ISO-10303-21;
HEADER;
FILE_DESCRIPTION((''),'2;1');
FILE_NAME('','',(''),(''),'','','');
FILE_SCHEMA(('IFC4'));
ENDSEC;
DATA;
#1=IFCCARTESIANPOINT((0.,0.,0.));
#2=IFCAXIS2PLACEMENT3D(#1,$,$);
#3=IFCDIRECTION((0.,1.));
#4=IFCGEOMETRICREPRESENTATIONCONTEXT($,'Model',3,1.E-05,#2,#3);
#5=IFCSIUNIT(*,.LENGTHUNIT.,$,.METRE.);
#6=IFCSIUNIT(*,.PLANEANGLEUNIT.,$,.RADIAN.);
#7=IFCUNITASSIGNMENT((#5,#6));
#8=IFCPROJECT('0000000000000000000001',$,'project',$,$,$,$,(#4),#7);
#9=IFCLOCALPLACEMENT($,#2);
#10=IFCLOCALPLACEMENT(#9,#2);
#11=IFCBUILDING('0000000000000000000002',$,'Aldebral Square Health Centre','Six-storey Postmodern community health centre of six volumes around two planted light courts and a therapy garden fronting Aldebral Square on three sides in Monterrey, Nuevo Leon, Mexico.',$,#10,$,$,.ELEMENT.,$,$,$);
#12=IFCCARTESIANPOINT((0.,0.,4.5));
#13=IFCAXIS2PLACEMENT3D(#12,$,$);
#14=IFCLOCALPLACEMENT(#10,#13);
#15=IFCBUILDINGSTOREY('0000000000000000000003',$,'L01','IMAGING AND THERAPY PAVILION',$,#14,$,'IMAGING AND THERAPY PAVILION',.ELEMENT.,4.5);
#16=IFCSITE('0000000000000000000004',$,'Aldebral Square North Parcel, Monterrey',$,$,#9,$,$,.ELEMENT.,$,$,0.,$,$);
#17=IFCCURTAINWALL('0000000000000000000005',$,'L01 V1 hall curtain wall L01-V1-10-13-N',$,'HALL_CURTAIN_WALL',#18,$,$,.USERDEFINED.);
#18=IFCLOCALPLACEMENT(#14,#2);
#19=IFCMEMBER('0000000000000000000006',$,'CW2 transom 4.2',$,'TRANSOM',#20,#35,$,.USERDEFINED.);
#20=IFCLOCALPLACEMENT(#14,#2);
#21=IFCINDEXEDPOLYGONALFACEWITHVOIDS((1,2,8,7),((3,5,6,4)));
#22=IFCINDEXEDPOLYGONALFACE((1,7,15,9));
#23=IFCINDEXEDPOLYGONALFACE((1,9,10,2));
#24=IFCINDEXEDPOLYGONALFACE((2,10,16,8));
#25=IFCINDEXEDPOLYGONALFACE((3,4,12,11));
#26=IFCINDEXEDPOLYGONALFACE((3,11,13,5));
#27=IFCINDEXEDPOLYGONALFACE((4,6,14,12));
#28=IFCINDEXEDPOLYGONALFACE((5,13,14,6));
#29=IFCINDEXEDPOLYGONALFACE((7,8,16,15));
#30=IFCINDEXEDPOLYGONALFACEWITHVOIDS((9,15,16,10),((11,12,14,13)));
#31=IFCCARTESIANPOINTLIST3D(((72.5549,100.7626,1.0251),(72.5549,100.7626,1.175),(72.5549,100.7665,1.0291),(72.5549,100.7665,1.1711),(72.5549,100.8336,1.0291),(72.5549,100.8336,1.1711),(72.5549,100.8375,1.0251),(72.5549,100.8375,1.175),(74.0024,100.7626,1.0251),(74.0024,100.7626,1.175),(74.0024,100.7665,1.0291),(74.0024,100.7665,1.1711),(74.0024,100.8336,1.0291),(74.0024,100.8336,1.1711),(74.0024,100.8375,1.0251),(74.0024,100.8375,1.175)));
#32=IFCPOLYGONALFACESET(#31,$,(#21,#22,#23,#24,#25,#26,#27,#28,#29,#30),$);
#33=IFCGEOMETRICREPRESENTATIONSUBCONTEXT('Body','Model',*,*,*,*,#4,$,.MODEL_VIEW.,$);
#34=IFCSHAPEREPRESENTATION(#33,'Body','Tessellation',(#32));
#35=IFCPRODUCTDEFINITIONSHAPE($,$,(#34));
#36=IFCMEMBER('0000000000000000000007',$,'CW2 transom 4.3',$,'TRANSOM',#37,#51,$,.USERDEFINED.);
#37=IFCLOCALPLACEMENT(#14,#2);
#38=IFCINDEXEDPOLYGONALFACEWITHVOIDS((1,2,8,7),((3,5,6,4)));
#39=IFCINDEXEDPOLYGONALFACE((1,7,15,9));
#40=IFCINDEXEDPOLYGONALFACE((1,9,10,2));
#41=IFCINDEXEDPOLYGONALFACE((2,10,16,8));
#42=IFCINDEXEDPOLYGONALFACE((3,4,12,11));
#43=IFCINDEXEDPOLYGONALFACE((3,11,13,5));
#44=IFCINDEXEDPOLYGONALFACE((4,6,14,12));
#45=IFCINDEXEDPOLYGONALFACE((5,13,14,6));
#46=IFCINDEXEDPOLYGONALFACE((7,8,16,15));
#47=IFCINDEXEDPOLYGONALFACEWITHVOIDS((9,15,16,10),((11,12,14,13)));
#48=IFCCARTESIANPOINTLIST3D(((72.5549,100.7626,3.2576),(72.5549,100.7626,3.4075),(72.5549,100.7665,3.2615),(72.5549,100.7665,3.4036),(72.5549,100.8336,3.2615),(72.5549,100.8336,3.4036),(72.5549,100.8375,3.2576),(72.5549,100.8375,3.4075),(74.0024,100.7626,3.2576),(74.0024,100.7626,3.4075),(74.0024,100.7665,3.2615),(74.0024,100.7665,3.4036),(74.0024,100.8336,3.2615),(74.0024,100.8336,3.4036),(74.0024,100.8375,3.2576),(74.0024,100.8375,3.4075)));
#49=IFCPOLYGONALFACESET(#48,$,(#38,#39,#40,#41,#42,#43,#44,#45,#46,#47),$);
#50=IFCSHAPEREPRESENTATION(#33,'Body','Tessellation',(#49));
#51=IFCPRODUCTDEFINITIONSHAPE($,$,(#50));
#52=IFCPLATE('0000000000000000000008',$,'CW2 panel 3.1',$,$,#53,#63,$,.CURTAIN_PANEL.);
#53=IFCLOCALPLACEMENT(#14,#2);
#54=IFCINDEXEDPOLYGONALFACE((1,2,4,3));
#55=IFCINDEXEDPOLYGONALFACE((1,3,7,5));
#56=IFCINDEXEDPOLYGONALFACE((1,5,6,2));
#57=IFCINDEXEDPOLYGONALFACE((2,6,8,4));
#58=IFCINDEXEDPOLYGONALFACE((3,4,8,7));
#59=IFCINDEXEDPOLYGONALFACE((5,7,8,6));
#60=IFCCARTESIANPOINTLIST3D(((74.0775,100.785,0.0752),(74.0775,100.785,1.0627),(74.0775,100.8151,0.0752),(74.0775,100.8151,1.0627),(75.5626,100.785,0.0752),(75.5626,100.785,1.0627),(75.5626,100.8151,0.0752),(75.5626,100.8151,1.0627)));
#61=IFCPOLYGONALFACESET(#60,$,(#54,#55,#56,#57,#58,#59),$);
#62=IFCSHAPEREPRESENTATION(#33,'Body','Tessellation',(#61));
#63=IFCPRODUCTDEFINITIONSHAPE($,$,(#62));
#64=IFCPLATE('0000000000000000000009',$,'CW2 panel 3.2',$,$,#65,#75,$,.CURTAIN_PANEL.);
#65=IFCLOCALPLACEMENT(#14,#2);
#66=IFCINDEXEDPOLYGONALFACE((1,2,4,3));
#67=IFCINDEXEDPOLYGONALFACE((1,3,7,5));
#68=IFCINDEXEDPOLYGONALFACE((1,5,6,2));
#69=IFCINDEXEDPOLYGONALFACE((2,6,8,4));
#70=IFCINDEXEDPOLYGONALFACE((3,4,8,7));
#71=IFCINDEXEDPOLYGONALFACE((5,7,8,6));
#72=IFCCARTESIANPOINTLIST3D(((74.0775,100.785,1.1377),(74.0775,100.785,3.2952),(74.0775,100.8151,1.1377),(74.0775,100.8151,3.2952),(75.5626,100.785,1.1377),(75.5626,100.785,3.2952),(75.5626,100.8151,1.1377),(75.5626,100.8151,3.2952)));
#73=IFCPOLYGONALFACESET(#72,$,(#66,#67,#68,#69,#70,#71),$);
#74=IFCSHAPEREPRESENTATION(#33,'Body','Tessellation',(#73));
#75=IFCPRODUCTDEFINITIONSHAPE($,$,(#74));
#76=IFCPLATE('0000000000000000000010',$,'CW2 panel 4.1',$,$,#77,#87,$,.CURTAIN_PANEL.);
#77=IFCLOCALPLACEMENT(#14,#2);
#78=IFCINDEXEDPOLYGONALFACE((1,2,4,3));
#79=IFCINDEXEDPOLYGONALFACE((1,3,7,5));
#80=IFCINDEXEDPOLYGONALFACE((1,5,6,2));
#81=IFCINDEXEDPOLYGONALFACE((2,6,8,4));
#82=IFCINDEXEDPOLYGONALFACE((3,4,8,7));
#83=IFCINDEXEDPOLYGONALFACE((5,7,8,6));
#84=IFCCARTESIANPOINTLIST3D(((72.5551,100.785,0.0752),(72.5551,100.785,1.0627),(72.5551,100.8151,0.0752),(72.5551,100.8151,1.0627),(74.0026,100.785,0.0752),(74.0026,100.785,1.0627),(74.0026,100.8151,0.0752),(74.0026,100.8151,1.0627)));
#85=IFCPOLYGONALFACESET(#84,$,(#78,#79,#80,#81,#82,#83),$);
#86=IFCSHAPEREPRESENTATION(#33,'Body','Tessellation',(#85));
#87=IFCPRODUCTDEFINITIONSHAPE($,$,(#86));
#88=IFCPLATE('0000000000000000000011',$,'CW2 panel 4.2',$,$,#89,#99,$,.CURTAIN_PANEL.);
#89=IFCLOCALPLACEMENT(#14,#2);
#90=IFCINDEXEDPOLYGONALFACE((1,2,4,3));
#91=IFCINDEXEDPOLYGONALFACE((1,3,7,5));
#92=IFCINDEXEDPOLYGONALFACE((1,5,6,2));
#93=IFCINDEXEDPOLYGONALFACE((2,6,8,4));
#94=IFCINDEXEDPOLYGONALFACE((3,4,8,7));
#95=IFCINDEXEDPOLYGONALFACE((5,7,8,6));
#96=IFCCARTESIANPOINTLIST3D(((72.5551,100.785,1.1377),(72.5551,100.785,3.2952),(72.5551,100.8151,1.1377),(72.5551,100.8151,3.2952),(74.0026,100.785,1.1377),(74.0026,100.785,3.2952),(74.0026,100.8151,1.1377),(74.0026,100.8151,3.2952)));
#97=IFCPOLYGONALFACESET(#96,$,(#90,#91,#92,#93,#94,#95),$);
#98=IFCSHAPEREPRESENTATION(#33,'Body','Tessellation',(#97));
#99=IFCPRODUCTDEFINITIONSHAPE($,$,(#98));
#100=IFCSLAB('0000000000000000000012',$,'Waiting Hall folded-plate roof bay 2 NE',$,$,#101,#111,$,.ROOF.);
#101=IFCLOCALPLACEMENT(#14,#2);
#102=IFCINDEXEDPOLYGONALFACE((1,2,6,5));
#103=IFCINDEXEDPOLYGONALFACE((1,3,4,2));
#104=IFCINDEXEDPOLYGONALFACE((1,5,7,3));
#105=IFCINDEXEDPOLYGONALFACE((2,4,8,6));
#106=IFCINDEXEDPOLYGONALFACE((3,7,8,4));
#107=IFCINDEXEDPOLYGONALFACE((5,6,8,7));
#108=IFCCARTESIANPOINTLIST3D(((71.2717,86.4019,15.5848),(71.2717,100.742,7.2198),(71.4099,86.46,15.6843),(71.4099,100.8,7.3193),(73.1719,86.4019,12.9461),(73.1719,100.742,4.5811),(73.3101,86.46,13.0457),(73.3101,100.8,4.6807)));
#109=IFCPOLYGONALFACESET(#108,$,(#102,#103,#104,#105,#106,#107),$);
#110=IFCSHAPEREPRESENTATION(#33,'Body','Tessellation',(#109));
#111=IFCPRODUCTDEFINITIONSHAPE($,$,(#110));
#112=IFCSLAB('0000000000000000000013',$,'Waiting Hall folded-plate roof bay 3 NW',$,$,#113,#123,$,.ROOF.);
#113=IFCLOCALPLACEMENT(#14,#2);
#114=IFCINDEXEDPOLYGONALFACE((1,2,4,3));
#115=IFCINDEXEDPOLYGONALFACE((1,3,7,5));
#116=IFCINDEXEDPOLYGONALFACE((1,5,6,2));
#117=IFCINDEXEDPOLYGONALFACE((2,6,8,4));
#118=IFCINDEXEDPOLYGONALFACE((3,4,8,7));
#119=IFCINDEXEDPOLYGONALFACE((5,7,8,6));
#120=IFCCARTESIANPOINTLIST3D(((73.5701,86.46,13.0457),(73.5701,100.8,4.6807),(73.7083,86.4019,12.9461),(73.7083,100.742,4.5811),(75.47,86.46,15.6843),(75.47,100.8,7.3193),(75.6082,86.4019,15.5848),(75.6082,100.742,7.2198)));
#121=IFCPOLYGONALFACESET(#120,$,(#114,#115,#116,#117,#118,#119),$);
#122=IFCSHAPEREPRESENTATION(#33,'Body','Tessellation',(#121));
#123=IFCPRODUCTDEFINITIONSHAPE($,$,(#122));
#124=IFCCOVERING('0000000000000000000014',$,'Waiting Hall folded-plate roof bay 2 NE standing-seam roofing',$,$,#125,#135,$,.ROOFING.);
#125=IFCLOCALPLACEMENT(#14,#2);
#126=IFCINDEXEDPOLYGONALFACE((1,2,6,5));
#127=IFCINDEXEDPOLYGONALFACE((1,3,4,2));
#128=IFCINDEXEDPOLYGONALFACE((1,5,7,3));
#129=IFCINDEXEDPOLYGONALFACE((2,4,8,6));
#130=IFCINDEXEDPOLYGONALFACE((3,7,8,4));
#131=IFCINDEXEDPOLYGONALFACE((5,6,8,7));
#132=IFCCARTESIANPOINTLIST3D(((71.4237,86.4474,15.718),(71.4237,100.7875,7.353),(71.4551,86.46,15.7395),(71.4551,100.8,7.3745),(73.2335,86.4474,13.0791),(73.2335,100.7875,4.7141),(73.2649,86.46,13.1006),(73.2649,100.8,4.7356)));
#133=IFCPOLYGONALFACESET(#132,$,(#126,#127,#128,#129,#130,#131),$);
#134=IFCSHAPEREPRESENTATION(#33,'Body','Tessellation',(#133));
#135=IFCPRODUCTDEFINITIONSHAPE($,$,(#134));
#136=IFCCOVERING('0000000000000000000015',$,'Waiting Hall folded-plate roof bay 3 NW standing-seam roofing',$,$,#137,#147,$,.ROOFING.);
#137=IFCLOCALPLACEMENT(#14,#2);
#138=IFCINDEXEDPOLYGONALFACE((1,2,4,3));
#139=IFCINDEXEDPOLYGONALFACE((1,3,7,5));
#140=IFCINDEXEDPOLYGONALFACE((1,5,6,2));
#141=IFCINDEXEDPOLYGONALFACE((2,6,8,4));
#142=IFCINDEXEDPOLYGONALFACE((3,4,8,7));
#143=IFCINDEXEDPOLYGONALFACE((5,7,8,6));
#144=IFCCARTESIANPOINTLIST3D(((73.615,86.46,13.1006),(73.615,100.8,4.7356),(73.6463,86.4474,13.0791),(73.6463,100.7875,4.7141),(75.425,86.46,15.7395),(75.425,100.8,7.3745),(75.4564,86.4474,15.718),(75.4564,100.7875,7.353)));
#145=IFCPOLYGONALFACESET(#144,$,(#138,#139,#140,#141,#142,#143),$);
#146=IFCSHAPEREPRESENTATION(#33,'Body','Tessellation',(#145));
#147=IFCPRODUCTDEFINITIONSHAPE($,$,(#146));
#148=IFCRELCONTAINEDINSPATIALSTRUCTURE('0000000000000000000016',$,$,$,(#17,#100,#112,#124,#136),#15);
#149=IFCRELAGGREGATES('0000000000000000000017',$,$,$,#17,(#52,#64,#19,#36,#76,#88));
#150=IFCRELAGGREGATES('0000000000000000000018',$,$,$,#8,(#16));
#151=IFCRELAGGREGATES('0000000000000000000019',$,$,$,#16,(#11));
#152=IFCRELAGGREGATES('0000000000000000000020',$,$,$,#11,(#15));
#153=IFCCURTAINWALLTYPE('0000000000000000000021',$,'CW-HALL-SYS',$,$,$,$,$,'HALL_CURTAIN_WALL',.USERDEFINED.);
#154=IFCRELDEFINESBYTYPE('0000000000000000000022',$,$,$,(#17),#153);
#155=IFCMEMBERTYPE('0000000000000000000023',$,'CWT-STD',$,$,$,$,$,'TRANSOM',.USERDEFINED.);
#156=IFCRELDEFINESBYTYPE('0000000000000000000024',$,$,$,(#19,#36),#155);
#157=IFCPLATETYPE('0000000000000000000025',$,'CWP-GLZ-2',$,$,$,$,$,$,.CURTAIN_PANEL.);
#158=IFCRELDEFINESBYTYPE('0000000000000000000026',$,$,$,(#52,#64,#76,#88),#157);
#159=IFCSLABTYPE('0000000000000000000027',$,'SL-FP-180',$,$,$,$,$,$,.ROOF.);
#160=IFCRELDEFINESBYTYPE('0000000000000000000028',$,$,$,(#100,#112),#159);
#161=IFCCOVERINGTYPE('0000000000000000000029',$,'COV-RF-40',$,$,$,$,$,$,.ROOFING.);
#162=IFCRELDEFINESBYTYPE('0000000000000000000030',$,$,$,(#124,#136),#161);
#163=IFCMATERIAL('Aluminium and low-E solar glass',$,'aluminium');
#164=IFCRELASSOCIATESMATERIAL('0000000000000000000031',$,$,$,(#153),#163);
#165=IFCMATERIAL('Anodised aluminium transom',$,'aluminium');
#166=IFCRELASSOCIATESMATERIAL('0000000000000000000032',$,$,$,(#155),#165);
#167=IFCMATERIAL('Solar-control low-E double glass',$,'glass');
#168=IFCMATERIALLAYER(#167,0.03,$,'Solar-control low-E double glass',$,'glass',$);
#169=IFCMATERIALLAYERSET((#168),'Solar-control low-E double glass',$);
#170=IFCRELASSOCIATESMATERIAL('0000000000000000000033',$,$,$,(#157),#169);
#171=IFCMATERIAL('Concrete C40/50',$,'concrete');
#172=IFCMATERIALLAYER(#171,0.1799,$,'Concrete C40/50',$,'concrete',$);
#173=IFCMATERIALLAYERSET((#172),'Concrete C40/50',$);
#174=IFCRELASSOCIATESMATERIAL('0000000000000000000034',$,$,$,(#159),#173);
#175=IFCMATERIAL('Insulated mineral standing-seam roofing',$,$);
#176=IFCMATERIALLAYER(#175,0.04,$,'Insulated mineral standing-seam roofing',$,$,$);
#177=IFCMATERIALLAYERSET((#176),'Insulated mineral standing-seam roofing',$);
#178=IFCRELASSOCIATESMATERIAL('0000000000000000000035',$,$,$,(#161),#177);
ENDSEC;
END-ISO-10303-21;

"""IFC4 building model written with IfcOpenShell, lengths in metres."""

from ifc_helpers import new_model, si_unit, direction, frame, origin, origin_2d, place, context, subcontext, project, spatial, polyline, rectangle, hollow_rectangle, outline, extrude, material, layer, layer_set, material_profile, profile_set, type_object, element, aggregate, save


model = new_model("IFC4")

# Units and contexts
model_context = context("Model", 3, precision=1e-05, world=origin(), true_north=direction((0.0, 1.0)))
body_context = subcontext(model_context, "Body", "Model", "MODEL_VIEW")
ifc_project = project(units=[si_unit("LENGTHUNIT", "METRE"), si_unit("PLANEANGLEUNIT", "RADIAN")], contexts=[model_context])

# Site, building, storey
site_placement = place(None, origin())
site = spatial("IfcSite", under=ifc_project, at=site_placement, Name="Aldebral Square North Parcel, Monterrey", CompositionType="ELEMENT", RefElevation=0.0)
building_placement = place(site_placement, origin())
building = spatial("IfcBuilding", under=site, at=building_placement, Name="Aldebral Square Health Centre", Description="Six-storey Postmodern community health centre of six volumes around two planted light courts and a therapy garden fronting Aldebral Square on three sides in Monterrey, Nuevo Leon, Mexico.", CompositionType="ELEMENT")
storey_placement = place(building_placement, frame((0.0, 0.0, 4.5)))
storey = spatial("IfcBuildingStorey", under=building, at=storey_placement, Name="L01", Description="IMAGING AND THERAPY PAVILION", LongName="IMAGING AND THERAPY PAVILION", CompositionType="ELEMENT", Elevation=4.5)

# Shared definitions
ifc_material_1 = material(Name="Concrete C40/50", Category="concrete")

# Shared definitions
ifc_material_2 = material(Name="Aluminium and low-E solar glass", Category="aluminium")
curtain_wall_type = type_object("IfcCurtainWallType", Name="CW-HALL-SYS", ElementType="HALL_CURTAIN_WALL", PredefinedType="USERDEFINED", material=ifc_material_2)

# Curtain wall, members, plates
curtain_wall_1_placement = place(storey_placement, origin())
curtain_wall_1 = element("IfcCurtainWall", 1, at=curtain_wall_1_placement, inside=storey, type_object=curtain_wall_type, Name="L01 V1 hall curtain wall L01-V1-10-13-N", ObjectType="HALL_CURTAIN_WALL", PredefinedType="USERDEFINED")
ifc_material_3 = material(Name="Anodised aluminium transom", Category="aluminium")
ifc_material_profile_1 = material_profile(ifc_material_3, hollow_rectangle(XDim=0.075, YDim=0.1499, WallThickness=0.0039, at=origin_2d()), Name="CWT 75x150x4")
ifc_profile_set_1 = profile_set([ifc_material_profile_1], Name="Anodised aluminium transom")
member_type_1 = type_object("IfcMemberType", Name="CWT-STD", ElementType="TRANSOM", PredefinedType="USERDEFINED", material=ifc_profile_set_1)
member_1_placement = place(storey_placement, frame((74.0024, 100.8, 1.1001), z_axis=(-1.0, 0.0, 0.0), x_axis=(0.0, -1.0, 0.0)))
member_1 = element("IfcMember", 2, at=member_1_placement, type_object=member_type_1, Name="CW2 transom 4.2", ObjectType="TRANSOM", PredefinedType="USERDEFINED", context=body_context, shape_type="SweptSolid", body=[
    extrude(hollow_rectangle(XDim=0.075, YDim=0.1499, WallThickness=0.0039, at=origin_2d()), origin(), (0.0, 0.0, 1.0), 1.4475),
])
member_2_placement = place(storey_placement, frame((74.0024, 100.8, 3.3325), z_axis=(-1.0, 0.0, 0.0), x_axis=(0.0, -1.0, 0.0)))
member_2 = element("IfcMember", 3, at=member_2_placement, type_object=member_type_1, Name="CW2 transom 4.3", ObjectType="TRANSOM", PredefinedType="USERDEFINED", context=body_context, shape_type="SweptSolid", body=[
    extrude(hollow_rectangle(XDim=0.075, YDim=0.1499, WallThickness=0.0039, at=origin_2d()), origin(), (0.0, 0.0, 1.0), 1.4475),
])
ifc_material_4 = material(Name="Solar-control low-E double glass", Category="glass")
ifc_layer_1 = layer(ifc_material_4, 0.03, Name="Solar-control low-E double glass", Category="glass")
ifc_layer_set_1 = layer_set([ifc_layer_1], Name="Solar-control low-E double glass")
plate_type = type_object("IfcPlateType", Name="CWP-GLZ-2", PredefinedType="CURTAIN_PANEL", material=ifc_layer_set_1)
plate_1_placement = place(storey_placement, frame((74.8201, 100.8, 0.0752), z_axis=(0.0, 0.0, 1.0), x_axis=(-1.0, 0.0, 0.0)))
plate_1 = element("IfcPlate", 4, at=plate_1_placement, type_object=plate_type, Name="CW2 panel 3.1", PredefinedType="CURTAIN_PANEL", context=body_context, shape_type="SweptSolid", body=[
    extrude(rectangle(XDim=1.4851, YDim=0.03, at=origin_2d()), origin(), (0.0, 0.0, 1.0), 0.9875),
])
plate_2_placement = place(storey_placement, frame((74.8201, 100.8, 1.1377), z_axis=(0.0, 0.0, 1.0), x_axis=(-1.0, 0.0, 0.0)))
plate_2 = element("IfcPlate", 5, at=plate_2_placement, type_object=plate_type, Name="CW2 panel 3.2", PredefinedType="CURTAIN_PANEL", context=body_context, shape_type="SweptSolid", body=[
    extrude(rectangle(XDim=1.4851, YDim=0.03, at=origin_2d()), origin(), (0.0, 0.0, 1.0), 2.1575),
])
plate_3_placement = place(storey_placement, frame((73.2788, 100.8, 0.0752), z_axis=(0.0, 0.0, 1.0), x_axis=(-1.0, 0.0, 0.0)))
plate_3 = element("IfcPlate", 6, at=plate_3_placement, type_object=plate_type, Name="CW2 panel 4.1", PredefinedType="CURTAIN_PANEL", context=body_context, shape_type="SweptSolid", body=[
    extrude(rectangle(XDim=1.4475, YDim=0.03, at=origin_2d()), origin(), (0.0, 0.0, 1.0), 0.9875),
])
plate_4_placement = place(storey_placement, frame((73.2788, 100.8, 1.1377), z_axis=(0.0, 0.0, 1.0), x_axis=(-1.0, 0.0, 0.0)))
plate_4 = element("IfcPlate", 7, at=plate_4_placement, type_object=plate_type, Name="CW2 panel 4.2", PredefinedType="CURTAIN_PANEL", context=body_context, shape_type="SweptSolid", body=[
    extrude(rectangle(XDim=1.4475, YDim=0.03, at=origin_2d()), origin(), (0.0, 0.0, 1.0), 2.1575),
])
aggregate(curtain_wall_1, [plate_1, plate_2, member_1, member_2, plate_3, plate_4])

# Slabs
ifc_layer_2 = layer(ifc_material_1, 0.1799, Name="Concrete C40/50", Category="concrete")
ifc_layer_set_2 = layer_set([ifc_layer_2], Name="Concrete C40/50")
slab_type = type_object("IfcSlabType", Name="SL-FP-180", PredefinedType="ROOF", material=ifc_layer_set_2)
slab_1_placement = place(storey_placement, frame((73.3101, 100.8, 4.6807), z_axis=(0.768091, 0.322647, 0.553114), x_axis=(-0.584366, 0.0, 0.81149)))
element("IfcSlab", 8, at=slab_1_placement, inside=storey, type_object=slab_type, Name="Waiting Hall folded-plate roof bay 2 NE", PredefinedType="ROOF", context=body_context, shape_type="SweptSolid", body=[
    extrude(outline(polyline([(0.0, 0.0), (3.2516, 0.0), (10.0397, 15.1503), (6.7881, 15.1503), (0.0, 0.0)])), origin(), (0.0, 0.0, -1.0), 0.1799),
])
slab_2_placement = place(storey_placement, frame((75.47, 100.8, 7.3193), z_axis=(-0.768132, 0.322623, 0.553072), x_axis=(-0.584317, 0.0, -0.811526)))
element("IfcSlab", 9, at=slab_2_placement, inside=storey, type_object=slab_type, Name="Waiting Hall folded-plate roof bay 3 NW", PredefinedType="ROOF", context=body_context, shape_type="SweptSolid", body=[
    extrude(outline(polyline([(0.0, 0.0), (3.2515, 0.0), (-3.5369, 15.1502), (-6.7884, 15.1502), (0.0, 0.0)])), origin(), (0.0, 0.0, -1.0), 0.1799),
])

# Coverings
ifc_material_5 = material(Name="Insulated mineral standing-seam roofing")
ifc_layer_3 = layer(ifc_material_5, 0.04, Name="Insulated mineral standing-seam roofing")
ifc_layer_set_3 = layer_set([ifc_layer_3], Name="Insulated mineral standing-seam roofing")
covering_type = type_object("IfcCoveringType", Name="COV-RF-40", PredefinedType="ROOFING", material=ifc_layer_set_3)
covering_1_placement = place(storey_placement, frame((73.2649, 100.8, 4.7356), z_axis=(0.783166, 0.313311, 0.537109), x_axis=(-0.565586, 0.0, 0.824689)))
element("IfcCovering", 10, at=covering_1_placement, inside=storey, type_object=covering_type, Name="Waiting Hall folded-plate roof bay 2 NE standing-seam roofing", PredefinedType="ROOFING", context=body_context, shape_type="SweptSolid", body=[
    extrude(outline(polyline([(0.0, 0.0), (3.1999, 0.0), (10.0984, 15.1004), (6.8985, 15.1004), (0.0, 0.0)])), origin(), (0.0, 0.0, -1.0), 0.04),
])
covering_2_placement = place(storey_placement, frame((75.425, 100.8, 7.3745), z_axis=(-0.783126, 0.313337, 0.537154), x_axis=(-0.565638, 0.0, -0.824654)))
element("IfcCovering", 11, at=covering_2_placement, inside=storey, type_object=covering_type, Name="Waiting Hall folded-plate roof bay 3 NW standing-seam roofing", PredefinedType="ROOFING", context=body_context, shape_type="SweptSolid", body=[
    extrude(outline(polyline([(0.0, 0.0), (3.2, 0.0), (-3.6982, 15.1005), (-6.8982, 15.1005), (0.0, 0.0)])), origin(), (0.0, 0.0, -1.0), 0.04),
])

save(model, "model.ifc")
